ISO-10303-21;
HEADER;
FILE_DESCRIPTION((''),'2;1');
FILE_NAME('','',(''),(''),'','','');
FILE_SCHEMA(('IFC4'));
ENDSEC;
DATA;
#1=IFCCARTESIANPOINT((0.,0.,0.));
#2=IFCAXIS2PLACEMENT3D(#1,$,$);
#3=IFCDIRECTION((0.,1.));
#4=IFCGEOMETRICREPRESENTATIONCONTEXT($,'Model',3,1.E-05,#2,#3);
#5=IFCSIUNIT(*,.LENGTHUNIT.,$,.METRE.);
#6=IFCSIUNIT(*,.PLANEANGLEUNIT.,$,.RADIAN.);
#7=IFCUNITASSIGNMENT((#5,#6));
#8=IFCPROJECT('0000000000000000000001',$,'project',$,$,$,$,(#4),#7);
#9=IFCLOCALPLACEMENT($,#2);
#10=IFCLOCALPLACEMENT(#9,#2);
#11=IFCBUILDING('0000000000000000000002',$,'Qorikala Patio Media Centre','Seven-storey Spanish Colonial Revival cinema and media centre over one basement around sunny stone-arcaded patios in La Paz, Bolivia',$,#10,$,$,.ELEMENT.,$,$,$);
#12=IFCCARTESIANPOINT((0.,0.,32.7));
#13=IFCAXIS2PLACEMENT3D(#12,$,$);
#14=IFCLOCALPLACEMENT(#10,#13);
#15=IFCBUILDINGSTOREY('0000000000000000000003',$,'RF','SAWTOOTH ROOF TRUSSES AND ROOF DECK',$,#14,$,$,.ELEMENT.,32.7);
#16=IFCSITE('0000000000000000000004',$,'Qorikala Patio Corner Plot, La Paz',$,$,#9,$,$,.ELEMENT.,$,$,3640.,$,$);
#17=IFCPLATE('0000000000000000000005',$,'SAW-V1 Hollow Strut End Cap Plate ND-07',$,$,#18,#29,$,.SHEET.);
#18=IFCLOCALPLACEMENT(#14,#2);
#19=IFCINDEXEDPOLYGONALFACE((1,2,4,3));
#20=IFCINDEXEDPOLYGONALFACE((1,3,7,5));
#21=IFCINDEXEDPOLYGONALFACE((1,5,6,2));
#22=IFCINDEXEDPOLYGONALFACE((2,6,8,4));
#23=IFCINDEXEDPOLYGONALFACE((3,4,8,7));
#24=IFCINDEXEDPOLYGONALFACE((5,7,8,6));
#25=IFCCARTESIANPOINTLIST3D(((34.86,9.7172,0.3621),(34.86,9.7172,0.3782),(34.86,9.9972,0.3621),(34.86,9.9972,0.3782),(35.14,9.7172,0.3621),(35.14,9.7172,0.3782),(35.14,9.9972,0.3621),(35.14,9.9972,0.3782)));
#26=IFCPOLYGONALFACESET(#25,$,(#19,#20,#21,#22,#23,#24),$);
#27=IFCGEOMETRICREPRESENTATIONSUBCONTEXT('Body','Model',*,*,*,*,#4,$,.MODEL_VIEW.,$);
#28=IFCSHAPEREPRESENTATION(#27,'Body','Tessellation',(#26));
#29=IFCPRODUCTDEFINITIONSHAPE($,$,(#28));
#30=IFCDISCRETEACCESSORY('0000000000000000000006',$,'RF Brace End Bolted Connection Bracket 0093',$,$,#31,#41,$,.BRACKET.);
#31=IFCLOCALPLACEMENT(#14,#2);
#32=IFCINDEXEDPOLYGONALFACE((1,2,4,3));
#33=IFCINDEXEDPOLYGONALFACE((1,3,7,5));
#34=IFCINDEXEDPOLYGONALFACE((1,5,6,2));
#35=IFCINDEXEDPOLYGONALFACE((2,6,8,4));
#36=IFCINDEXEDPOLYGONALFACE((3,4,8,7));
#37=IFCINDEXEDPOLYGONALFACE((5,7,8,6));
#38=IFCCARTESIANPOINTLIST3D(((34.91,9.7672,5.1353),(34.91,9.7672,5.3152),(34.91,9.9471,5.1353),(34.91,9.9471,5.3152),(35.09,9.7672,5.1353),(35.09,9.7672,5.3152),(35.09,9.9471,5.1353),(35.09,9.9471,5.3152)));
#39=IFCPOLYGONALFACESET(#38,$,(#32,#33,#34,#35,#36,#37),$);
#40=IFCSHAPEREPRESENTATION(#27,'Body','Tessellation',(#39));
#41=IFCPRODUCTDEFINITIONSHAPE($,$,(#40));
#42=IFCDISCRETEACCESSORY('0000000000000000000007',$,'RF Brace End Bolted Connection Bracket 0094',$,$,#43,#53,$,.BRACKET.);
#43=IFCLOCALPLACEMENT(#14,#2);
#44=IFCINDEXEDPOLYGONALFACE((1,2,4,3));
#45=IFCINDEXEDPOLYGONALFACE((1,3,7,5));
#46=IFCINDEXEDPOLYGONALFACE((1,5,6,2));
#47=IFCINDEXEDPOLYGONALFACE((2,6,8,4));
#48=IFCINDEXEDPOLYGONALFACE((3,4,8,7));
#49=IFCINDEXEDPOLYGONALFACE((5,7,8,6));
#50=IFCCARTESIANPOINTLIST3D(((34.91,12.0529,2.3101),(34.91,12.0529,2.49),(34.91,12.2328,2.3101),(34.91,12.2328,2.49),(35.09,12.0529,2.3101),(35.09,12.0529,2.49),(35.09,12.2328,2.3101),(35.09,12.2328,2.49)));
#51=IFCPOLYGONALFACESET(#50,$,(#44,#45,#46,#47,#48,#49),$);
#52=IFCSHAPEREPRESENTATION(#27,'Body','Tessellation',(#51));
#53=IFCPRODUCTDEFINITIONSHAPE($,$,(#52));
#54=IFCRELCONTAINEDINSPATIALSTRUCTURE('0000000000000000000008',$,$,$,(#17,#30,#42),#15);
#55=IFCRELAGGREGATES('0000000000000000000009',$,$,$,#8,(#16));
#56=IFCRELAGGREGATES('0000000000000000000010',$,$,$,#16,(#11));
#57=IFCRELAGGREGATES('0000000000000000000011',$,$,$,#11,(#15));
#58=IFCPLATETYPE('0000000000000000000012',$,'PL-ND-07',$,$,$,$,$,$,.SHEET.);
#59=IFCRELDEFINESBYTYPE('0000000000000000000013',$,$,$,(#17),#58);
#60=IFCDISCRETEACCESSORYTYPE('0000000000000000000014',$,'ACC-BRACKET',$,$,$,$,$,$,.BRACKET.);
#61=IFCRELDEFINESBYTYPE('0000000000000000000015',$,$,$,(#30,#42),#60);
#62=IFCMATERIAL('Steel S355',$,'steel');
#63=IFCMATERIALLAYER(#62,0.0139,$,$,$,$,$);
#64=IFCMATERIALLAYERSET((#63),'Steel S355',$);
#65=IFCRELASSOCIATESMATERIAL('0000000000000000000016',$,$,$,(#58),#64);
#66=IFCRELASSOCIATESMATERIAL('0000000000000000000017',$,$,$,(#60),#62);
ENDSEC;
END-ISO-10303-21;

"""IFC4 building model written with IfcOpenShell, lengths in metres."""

from ifc_helpers import new_model, si_unit, direction, frame, origin, origin_2d, place, context, subcontext, project, spatial, rectangle, extrude, material, layer, layer_set, type_object, element, save


model = new_model("IFC4")

# Units and contexts
model_context = context("Model", 3, precision=1e-05, world=origin(), true_north=direction((0.0, 1.0)))
body_context = subcontext(model_context, "Body", "Model", "MODEL_VIEW")
ifc_project = project(units=[si_unit("LENGTHUNIT", "METRE"), si_unit("PLANEANGLEUNIT", "RADIAN")], contexts=[model_context])

# Site, building, storey
site_placement = place(None, origin())
site = spatial("IfcSite", under=ifc_project, at=site_placement, Name="Qorikala Patio Corner Plot, La Paz", CompositionType="ELEMENT", RefElevation=3640.0)
building_placement = place(site_placement, origin())
building = spatial("IfcBuilding", under=site, at=building_placement, Name="Qorikala Patio Media Centre", Description="Seven-storey Spanish Colonial Revival cinema and media centre over one basement around sunny stone-arcaded patios in La Paz, Bolivia", CompositionType="ELEMENT")
storey_placement = place(building_placement, frame((0.0, 0.0, 32.7)))
storey = spatial("IfcBuildingStorey", under=building, at=storey_placement, Name="RF", Description="SAWTOOTH ROOF TRUSSES AND ROOF DECK", CompositionType="ELEMENT", Elevation=32.7)

# Shared definitions
ifc_material_1 = material(Name="Steel S355", Category="steel")

# Plate
ifc_layer_1 = layer(ifc_material_1, 0.0139)
ifc_layer_set_1 = layer_set([ifc_layer_1], Name="Steel S355")
plate_type_1 = type_object("IfcPlateType", Name="PL-ND-07", PredefinedType="SHEET", material=ifc_layer_set_1)
plate_1_placement = place(storey_placement, frame((35.0, 9.8572, 0.3621), z_axis=(0.0, 0.0, 1.0), x_axis=(1.0, 0.0, 0.0)))
element("IfcPlate", 1, at=plate_1_placement, inside=storey, type_object=plate_type_1, Name="SAW-V1 Hollow Strut End Cap Plate ND-07", PredefinedType="SHEET", context=body_context, shape_type="SweptSolid", body=[
    extrude(rectangle(XDim=0.28, YDim=0.28, at=origin_2d()), origin(), (0.0, 0.0, 1.0), 0.0161),
])

# Discrete accessories
discrete_accessory_type = type_object("IfcDiscreteAccessoryType", Name="ACC-BRACKET", PredefinedType="BRACKET", material=ifc_material_1)
for number, where, z_axis, x_axis, name in (
    (2, (35.0, 9.8572, 5.1353), (0.0, 0.0, 1.0), (1.0, 0.0, 0.0), "RF Brace End Bolted Connection Bracket 0093"),
    (3, (35.0, 12.1428, 2.3101), (0.0, 0.0, 1.0), (1.0, 0.0, 0.0), "RF Brace End Bolted Connection Bracket 0094"),
):
    element("IfcDiscreteAccessory", number, at=place(storey_placement, frame(where, z_axis=z_axis, x_axis=x_axis)), inside=storey, type_object=discrete_accessory_type, Name=name, PredefinedType="BRACKET", context=body_context, shape_type="SweptSolid", body=[
        extrude(rectangle(XDim=0.1799, YDim=0.1799, at=origin_2d()), origin(), (0.0, 0.0, 1.0), 0.1799),
    ])

save(model, "model.ifc")
